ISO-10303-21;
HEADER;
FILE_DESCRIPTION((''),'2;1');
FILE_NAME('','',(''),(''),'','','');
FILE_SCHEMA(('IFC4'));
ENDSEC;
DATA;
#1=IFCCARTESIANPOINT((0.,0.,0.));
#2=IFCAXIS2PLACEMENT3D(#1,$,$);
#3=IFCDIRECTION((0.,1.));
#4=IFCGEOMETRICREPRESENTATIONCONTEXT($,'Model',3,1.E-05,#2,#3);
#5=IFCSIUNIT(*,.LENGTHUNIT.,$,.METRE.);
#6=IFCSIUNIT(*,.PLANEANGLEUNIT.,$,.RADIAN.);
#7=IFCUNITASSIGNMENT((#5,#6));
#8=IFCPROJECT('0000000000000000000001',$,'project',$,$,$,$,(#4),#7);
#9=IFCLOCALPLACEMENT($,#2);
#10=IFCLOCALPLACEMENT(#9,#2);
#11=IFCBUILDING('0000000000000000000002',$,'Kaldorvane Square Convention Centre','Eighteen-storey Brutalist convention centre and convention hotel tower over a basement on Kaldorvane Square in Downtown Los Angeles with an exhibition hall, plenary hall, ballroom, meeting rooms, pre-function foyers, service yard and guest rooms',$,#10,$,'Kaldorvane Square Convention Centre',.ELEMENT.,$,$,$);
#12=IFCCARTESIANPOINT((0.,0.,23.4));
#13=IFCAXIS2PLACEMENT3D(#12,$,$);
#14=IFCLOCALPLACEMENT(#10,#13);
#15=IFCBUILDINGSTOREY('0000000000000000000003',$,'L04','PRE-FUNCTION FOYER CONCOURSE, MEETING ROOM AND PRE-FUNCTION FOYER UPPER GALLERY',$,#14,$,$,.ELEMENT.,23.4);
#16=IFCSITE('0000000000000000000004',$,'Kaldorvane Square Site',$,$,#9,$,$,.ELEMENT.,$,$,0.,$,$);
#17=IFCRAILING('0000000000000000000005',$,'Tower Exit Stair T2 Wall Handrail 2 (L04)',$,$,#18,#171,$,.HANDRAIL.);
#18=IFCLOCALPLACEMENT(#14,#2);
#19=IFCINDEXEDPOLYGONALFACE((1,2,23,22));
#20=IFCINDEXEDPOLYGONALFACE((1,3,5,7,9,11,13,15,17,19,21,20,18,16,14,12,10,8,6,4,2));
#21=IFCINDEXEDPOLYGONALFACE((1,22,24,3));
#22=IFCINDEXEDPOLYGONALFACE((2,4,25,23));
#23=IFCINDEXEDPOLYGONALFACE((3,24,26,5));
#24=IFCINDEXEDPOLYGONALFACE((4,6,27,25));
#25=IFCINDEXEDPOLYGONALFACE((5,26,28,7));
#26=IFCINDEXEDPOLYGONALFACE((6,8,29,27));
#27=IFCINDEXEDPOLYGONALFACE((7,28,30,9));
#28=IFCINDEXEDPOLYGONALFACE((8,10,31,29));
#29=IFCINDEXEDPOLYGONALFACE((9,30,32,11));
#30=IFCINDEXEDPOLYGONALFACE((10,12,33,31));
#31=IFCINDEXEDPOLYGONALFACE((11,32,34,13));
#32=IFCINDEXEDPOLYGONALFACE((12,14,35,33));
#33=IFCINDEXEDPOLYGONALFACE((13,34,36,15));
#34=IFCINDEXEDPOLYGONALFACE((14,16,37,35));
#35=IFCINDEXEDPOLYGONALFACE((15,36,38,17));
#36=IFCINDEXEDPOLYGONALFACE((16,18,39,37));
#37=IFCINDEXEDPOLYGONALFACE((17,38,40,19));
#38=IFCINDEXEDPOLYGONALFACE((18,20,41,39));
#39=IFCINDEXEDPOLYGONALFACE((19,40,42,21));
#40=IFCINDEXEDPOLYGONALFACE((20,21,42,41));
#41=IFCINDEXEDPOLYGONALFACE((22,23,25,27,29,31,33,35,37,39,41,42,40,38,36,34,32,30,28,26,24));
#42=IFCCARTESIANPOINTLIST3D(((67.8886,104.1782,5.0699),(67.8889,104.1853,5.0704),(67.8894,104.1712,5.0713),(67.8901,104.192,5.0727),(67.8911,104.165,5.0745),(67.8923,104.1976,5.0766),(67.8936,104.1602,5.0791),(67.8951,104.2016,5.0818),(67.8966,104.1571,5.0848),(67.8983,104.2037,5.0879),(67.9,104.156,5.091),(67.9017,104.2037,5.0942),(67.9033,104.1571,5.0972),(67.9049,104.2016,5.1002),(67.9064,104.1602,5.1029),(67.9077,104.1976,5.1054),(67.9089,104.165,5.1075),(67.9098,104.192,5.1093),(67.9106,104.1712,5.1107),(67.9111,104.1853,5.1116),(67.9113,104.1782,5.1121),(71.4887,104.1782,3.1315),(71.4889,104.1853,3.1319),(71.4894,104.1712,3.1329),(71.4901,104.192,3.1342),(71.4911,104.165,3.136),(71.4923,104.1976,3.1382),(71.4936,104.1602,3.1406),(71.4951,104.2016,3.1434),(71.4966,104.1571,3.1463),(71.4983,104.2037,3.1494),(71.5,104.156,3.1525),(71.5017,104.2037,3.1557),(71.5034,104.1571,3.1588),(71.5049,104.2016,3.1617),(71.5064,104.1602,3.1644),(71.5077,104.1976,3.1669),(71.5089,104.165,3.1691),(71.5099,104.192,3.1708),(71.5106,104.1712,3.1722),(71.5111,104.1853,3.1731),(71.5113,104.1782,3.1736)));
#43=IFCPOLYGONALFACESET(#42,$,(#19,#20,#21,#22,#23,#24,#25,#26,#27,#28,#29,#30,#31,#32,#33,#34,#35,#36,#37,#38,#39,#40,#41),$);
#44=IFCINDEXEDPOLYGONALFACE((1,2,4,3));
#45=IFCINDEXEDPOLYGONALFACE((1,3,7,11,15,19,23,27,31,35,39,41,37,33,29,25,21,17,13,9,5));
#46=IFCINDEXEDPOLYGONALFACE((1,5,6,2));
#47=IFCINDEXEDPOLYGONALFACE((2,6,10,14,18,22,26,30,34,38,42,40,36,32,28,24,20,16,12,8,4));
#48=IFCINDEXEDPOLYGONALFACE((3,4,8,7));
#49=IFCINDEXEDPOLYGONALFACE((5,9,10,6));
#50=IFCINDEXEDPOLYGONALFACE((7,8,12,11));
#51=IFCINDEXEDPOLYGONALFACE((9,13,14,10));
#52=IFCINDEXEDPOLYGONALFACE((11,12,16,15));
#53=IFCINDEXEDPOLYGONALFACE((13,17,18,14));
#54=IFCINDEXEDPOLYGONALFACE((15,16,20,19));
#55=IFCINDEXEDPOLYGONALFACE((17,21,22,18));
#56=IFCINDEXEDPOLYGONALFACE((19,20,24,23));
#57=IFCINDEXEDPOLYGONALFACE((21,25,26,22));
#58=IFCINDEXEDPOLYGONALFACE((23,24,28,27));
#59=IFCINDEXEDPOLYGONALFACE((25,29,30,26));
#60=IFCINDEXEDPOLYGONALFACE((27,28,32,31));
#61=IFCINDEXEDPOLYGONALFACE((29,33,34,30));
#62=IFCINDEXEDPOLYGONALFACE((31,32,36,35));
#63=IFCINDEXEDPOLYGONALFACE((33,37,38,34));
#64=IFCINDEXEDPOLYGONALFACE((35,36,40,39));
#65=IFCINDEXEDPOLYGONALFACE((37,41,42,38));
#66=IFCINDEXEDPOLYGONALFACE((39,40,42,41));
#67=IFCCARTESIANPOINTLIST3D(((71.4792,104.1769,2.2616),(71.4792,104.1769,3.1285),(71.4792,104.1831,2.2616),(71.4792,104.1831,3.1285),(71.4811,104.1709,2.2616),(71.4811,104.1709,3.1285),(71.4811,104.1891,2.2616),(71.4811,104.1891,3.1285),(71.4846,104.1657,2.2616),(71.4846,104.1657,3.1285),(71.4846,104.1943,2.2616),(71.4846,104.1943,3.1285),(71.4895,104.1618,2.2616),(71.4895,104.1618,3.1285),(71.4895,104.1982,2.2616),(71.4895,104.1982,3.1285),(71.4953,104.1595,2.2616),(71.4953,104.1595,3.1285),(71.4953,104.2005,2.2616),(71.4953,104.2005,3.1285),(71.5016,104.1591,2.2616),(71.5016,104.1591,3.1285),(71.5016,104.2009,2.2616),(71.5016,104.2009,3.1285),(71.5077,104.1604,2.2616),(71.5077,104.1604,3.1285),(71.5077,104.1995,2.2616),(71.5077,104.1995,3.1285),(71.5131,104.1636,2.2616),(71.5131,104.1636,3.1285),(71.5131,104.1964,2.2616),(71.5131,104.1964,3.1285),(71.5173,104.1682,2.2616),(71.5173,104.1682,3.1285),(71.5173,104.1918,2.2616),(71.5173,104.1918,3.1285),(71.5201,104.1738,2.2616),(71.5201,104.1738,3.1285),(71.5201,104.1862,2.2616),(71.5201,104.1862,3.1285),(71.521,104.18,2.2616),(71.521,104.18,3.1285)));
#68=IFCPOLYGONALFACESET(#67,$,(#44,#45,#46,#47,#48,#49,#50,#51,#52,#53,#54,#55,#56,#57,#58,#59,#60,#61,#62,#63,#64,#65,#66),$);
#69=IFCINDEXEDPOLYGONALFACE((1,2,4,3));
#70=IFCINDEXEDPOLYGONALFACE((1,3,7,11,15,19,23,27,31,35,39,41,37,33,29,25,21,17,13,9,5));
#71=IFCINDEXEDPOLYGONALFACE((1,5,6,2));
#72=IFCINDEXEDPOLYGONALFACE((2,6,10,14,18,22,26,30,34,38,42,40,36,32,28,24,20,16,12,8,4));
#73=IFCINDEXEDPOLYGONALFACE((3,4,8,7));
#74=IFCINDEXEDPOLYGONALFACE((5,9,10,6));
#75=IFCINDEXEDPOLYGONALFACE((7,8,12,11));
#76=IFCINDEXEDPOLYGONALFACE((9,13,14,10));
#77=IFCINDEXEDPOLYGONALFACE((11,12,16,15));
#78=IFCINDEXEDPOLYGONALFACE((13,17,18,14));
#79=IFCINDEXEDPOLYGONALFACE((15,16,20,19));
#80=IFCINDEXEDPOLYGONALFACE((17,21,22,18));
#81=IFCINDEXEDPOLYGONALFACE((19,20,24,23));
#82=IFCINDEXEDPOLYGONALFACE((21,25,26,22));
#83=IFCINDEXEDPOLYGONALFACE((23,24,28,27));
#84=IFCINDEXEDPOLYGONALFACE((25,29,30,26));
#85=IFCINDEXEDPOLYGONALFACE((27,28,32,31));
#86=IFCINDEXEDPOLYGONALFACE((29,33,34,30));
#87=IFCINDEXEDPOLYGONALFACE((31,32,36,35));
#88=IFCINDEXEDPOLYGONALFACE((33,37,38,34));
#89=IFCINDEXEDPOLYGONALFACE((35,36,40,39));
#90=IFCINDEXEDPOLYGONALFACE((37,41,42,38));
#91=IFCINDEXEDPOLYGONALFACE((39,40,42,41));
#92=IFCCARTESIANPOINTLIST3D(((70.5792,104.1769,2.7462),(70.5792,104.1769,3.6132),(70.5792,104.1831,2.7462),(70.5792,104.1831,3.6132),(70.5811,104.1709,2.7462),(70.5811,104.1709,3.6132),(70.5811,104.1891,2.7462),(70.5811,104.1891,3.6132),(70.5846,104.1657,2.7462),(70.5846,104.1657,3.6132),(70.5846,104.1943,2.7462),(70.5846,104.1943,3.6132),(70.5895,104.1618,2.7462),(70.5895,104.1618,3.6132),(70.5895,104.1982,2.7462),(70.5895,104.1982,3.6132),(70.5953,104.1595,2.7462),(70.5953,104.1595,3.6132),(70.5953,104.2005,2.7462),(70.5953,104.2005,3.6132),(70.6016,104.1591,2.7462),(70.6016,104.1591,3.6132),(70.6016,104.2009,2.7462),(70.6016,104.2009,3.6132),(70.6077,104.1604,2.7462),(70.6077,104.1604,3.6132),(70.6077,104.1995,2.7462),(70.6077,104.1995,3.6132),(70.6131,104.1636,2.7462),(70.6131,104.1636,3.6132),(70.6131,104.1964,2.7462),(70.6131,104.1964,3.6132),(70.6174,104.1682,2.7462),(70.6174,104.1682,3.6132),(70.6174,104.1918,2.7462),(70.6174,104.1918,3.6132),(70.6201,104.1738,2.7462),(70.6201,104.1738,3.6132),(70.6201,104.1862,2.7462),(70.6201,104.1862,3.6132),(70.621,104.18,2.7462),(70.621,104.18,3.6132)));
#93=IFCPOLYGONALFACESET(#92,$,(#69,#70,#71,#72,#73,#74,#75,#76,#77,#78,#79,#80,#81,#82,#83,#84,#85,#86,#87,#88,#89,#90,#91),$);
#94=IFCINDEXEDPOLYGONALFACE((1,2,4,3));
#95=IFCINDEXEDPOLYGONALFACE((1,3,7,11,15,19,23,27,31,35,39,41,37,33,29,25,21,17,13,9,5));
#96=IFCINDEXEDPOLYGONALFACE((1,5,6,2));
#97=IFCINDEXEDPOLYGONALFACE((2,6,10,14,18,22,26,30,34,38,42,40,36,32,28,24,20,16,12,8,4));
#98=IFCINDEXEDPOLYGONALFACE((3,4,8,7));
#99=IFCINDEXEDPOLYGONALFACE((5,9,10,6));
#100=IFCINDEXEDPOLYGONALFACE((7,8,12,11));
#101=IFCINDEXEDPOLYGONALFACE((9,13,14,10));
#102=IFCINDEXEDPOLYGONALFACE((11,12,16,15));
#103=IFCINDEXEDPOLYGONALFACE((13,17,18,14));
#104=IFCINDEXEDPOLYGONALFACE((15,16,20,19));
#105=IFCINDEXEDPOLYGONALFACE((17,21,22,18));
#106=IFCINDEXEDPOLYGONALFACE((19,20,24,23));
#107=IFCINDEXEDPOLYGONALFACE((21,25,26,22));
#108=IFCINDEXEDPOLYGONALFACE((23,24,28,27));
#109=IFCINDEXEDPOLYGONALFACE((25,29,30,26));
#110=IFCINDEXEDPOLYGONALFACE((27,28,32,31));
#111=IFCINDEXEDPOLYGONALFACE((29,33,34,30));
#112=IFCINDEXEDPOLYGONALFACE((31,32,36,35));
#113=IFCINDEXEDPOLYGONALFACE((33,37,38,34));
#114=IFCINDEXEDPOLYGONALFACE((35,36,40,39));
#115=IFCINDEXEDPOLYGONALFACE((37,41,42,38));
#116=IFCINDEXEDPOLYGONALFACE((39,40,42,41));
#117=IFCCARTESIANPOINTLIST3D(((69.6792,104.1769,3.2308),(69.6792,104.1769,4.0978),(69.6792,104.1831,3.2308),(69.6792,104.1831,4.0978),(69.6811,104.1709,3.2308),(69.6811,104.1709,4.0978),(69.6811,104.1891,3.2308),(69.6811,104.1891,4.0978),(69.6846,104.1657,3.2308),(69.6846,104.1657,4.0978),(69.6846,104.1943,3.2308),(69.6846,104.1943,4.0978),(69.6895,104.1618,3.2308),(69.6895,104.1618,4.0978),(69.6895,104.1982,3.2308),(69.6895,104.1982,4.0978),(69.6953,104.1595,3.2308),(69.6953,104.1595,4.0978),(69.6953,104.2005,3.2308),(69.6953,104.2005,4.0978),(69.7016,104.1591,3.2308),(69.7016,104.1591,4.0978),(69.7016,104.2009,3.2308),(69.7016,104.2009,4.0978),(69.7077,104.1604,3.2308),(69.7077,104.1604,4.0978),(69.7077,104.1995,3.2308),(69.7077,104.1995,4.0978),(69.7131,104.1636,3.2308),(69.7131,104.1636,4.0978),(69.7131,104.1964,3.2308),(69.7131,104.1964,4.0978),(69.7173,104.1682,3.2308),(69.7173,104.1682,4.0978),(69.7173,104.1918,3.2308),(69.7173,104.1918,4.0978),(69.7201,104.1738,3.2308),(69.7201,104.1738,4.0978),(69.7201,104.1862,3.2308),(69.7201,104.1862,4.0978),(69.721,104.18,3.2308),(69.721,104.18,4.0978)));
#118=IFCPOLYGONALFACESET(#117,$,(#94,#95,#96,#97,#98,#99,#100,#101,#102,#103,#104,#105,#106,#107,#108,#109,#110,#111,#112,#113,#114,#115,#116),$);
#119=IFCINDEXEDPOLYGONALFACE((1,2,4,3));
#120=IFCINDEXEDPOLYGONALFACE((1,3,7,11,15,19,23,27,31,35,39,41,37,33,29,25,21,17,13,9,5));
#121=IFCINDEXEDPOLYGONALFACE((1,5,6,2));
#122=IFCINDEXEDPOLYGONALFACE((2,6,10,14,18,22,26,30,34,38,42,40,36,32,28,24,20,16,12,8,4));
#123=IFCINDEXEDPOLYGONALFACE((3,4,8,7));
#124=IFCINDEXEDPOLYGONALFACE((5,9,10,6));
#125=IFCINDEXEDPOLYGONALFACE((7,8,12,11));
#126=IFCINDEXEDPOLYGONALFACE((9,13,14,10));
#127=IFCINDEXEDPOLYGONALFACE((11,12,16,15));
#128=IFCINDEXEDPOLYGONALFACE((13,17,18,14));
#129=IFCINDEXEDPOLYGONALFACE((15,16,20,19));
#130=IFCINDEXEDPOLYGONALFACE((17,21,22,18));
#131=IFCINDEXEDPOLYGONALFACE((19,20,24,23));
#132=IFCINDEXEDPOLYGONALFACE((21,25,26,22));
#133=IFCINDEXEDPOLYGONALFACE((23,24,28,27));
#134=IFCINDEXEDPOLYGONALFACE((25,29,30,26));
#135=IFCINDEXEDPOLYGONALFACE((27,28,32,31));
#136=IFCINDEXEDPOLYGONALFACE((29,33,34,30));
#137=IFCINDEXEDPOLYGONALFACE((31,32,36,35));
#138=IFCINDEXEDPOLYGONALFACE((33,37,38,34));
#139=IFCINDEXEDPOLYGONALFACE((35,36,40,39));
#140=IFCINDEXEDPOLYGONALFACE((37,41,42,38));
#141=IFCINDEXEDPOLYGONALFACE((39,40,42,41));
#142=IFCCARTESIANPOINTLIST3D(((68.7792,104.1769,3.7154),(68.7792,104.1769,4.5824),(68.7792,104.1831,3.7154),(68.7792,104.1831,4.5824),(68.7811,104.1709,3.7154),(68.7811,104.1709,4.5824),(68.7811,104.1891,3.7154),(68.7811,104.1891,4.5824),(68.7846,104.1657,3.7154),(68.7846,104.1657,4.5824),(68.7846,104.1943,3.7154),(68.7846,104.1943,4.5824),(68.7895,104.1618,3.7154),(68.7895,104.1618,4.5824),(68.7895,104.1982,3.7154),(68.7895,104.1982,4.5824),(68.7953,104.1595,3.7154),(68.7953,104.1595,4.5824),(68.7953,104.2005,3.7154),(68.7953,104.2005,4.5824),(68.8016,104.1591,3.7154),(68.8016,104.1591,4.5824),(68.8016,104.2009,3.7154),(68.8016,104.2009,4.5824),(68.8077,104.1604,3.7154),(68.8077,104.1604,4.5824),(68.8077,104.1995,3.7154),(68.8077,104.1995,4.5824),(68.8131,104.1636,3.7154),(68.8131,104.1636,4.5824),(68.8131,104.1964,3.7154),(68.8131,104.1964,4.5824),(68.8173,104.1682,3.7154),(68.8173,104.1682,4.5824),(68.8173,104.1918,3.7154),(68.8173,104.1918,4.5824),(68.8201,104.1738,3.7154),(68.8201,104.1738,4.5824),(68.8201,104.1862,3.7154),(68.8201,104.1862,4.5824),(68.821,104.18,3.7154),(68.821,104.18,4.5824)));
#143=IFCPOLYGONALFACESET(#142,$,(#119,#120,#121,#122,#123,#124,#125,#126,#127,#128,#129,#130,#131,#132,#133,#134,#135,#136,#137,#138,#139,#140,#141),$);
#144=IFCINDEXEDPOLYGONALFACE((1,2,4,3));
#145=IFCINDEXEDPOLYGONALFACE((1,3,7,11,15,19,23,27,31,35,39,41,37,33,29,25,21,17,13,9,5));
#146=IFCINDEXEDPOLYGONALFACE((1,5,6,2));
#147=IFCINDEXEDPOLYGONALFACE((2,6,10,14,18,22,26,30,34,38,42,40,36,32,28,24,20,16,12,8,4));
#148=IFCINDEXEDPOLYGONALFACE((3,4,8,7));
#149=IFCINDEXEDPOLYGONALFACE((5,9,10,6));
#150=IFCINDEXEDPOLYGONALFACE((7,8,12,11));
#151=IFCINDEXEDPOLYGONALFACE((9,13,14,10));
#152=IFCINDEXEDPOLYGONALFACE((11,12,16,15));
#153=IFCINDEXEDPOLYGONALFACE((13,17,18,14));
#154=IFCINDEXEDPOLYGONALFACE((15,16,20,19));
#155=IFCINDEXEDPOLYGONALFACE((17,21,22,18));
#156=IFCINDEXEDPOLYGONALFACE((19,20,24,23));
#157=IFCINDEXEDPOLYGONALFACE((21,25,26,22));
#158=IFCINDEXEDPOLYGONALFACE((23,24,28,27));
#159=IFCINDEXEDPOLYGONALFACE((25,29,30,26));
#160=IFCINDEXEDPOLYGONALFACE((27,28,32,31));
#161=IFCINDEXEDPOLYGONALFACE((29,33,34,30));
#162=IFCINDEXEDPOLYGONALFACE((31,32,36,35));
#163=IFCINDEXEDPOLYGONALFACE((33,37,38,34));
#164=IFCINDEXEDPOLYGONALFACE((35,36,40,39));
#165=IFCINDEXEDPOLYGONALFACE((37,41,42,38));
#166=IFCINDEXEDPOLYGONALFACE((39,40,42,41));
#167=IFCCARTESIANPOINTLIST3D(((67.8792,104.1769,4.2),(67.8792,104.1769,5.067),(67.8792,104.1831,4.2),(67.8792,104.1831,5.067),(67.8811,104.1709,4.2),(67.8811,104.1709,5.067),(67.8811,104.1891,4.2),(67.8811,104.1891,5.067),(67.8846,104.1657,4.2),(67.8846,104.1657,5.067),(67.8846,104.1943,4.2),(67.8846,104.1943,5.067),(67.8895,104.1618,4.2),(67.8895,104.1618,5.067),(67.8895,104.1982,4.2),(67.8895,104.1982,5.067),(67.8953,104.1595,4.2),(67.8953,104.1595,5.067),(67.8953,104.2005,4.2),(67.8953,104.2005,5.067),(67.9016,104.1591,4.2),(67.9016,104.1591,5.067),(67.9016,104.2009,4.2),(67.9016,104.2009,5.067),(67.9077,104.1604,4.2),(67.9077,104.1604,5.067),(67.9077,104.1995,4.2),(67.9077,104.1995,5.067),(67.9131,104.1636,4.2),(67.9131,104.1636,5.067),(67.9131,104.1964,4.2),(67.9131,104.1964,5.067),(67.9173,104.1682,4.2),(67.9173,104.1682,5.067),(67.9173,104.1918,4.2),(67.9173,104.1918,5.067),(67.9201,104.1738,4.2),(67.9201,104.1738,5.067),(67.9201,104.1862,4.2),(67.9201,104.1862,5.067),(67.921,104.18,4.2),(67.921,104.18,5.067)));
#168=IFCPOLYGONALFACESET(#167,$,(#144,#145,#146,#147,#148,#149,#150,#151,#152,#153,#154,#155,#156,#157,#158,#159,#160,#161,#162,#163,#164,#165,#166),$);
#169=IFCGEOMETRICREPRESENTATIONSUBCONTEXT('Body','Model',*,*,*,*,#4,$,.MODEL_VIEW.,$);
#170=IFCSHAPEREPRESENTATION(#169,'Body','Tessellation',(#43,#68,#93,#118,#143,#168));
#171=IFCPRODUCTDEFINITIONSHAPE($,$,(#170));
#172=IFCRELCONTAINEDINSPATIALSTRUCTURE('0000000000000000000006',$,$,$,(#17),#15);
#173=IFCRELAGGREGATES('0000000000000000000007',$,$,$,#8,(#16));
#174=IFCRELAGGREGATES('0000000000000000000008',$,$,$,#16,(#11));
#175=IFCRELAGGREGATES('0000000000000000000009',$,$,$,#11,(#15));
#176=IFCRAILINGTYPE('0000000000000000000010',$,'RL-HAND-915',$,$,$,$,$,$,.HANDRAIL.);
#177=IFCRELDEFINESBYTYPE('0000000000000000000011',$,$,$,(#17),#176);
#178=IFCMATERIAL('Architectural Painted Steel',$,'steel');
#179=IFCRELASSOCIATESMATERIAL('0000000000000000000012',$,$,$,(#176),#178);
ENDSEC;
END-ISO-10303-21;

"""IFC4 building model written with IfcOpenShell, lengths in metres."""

from ifc_helpers import new_model, si_unit, direction, frame, origin, origin_2d, place, context, subcontext, project, spatial, circle, extrude, material, type_object, element, save


model = new_model("IFC4")

# Units and contexts
model_context = context("Model", 3, precision=1e-05, world=origin(), true_north=direction((0.0, 1.0)))
body_context = subcontext(model_context, "Body", "Model", "MODEL_VIEW")
ifc_project = project(units=[si_unit("LENGTHUNIT", "METRE"), si_unit("PLANEANGLEUNIT", "RADIAN")], contexts=[model_context])

# Site, building, storey
site_placement = place(None, origin())
site = spatial("IfcSite", under=ifc_project, at=site_placement, Name="Kaldorvane Square Site", CompositionType="ELEMENT", RefElevation=0.0)
building_placement = place(site_placement, origin())
building = spatial("IfcBuilding", under=site, at=building_placement, Name="Kaldorvane Square Convention Centre", Description="Eighteen-storey Brutalist convention centre and convention hotel tower over a basement on Kaldorvane Square in Downtown Los Angeles with an exhibition hall, plenary hall, ballroom, meeting rooms, pre-function foyers, service yard and guest rooms", LongName="Kaldorvane Square Convention Centre", CompositionType="ELEMENT")
storey_placement = place(building_placement, frame((0.0, 0.0, 23.4)))
storey = spatial("IfcBuildingStorey", under=building, at=storey_placement, Name="L04", Description="PRE-FUNCTION FOYER CONCOURSE, MEETING ROOM AND PRE-FUNCTION FOYER UPPER GALLERY", CompositionType="ELEMENT", Elevation=23.4)

# Railing
ifc_material_1 = material(Name="Architectural Painted Steel", Category="steel")
railing_type_1 = type_object("IfcRailingType", Name="RL-HAND-915", PredefinedType="HANDRAIL", material=ifc_material_1)
railing_1_placement = place(storey_placement, frame((71.5, 104.18, 2.2616)))
element("IfcRailing", 1, at=railing_1_placement, inside=storey, type_object=railing_type_1, Name="Tower Exit Stair T2 Wall Handrail 2 (L04)", PredefinedType="HANDRAIL", context=body_context, shape_type="SweptSolid", body=[
    extrude(circle(Radius=0.024, at=origin_2d()), frame((0.0, 0.0, 0.891), z_axis=(-0.880471, 0.0, 0.474099), x_axis=(0.0, -1.0, 0.0)), (0.0, 0.0, 1.0), 4.0887),
    extrude(circle(Radius=0.021, at=origin_2d()), origin(), (0.0, 0.0, 1.0), 0.867),
    extrude(circle(Radius=0.021, at=origin_2d()), frame((-0.9, 0.0, 0.4846)), (0.0, 0.0, 1.0), 0.867),
    extrude(circle(Radius=0.021, at=origin_2d()), frame((-1.8, 0.0, 0.9692)), (0.0, 0.0, 1.0), 0.867),
    extrude(circle(Radius=0.021, at=origin_2d()), frame((-2.7, 0.0, 1.4538)), (0.0, 0.0, 1.0), 0.867),
    extrude(circle(Radius=0.021, at=origin_2d()), frame((-3.6, 0.0, 1.9385)), (0.0, 0.0, 1.0), 0.867),
])

save(model, "model.ifc")
